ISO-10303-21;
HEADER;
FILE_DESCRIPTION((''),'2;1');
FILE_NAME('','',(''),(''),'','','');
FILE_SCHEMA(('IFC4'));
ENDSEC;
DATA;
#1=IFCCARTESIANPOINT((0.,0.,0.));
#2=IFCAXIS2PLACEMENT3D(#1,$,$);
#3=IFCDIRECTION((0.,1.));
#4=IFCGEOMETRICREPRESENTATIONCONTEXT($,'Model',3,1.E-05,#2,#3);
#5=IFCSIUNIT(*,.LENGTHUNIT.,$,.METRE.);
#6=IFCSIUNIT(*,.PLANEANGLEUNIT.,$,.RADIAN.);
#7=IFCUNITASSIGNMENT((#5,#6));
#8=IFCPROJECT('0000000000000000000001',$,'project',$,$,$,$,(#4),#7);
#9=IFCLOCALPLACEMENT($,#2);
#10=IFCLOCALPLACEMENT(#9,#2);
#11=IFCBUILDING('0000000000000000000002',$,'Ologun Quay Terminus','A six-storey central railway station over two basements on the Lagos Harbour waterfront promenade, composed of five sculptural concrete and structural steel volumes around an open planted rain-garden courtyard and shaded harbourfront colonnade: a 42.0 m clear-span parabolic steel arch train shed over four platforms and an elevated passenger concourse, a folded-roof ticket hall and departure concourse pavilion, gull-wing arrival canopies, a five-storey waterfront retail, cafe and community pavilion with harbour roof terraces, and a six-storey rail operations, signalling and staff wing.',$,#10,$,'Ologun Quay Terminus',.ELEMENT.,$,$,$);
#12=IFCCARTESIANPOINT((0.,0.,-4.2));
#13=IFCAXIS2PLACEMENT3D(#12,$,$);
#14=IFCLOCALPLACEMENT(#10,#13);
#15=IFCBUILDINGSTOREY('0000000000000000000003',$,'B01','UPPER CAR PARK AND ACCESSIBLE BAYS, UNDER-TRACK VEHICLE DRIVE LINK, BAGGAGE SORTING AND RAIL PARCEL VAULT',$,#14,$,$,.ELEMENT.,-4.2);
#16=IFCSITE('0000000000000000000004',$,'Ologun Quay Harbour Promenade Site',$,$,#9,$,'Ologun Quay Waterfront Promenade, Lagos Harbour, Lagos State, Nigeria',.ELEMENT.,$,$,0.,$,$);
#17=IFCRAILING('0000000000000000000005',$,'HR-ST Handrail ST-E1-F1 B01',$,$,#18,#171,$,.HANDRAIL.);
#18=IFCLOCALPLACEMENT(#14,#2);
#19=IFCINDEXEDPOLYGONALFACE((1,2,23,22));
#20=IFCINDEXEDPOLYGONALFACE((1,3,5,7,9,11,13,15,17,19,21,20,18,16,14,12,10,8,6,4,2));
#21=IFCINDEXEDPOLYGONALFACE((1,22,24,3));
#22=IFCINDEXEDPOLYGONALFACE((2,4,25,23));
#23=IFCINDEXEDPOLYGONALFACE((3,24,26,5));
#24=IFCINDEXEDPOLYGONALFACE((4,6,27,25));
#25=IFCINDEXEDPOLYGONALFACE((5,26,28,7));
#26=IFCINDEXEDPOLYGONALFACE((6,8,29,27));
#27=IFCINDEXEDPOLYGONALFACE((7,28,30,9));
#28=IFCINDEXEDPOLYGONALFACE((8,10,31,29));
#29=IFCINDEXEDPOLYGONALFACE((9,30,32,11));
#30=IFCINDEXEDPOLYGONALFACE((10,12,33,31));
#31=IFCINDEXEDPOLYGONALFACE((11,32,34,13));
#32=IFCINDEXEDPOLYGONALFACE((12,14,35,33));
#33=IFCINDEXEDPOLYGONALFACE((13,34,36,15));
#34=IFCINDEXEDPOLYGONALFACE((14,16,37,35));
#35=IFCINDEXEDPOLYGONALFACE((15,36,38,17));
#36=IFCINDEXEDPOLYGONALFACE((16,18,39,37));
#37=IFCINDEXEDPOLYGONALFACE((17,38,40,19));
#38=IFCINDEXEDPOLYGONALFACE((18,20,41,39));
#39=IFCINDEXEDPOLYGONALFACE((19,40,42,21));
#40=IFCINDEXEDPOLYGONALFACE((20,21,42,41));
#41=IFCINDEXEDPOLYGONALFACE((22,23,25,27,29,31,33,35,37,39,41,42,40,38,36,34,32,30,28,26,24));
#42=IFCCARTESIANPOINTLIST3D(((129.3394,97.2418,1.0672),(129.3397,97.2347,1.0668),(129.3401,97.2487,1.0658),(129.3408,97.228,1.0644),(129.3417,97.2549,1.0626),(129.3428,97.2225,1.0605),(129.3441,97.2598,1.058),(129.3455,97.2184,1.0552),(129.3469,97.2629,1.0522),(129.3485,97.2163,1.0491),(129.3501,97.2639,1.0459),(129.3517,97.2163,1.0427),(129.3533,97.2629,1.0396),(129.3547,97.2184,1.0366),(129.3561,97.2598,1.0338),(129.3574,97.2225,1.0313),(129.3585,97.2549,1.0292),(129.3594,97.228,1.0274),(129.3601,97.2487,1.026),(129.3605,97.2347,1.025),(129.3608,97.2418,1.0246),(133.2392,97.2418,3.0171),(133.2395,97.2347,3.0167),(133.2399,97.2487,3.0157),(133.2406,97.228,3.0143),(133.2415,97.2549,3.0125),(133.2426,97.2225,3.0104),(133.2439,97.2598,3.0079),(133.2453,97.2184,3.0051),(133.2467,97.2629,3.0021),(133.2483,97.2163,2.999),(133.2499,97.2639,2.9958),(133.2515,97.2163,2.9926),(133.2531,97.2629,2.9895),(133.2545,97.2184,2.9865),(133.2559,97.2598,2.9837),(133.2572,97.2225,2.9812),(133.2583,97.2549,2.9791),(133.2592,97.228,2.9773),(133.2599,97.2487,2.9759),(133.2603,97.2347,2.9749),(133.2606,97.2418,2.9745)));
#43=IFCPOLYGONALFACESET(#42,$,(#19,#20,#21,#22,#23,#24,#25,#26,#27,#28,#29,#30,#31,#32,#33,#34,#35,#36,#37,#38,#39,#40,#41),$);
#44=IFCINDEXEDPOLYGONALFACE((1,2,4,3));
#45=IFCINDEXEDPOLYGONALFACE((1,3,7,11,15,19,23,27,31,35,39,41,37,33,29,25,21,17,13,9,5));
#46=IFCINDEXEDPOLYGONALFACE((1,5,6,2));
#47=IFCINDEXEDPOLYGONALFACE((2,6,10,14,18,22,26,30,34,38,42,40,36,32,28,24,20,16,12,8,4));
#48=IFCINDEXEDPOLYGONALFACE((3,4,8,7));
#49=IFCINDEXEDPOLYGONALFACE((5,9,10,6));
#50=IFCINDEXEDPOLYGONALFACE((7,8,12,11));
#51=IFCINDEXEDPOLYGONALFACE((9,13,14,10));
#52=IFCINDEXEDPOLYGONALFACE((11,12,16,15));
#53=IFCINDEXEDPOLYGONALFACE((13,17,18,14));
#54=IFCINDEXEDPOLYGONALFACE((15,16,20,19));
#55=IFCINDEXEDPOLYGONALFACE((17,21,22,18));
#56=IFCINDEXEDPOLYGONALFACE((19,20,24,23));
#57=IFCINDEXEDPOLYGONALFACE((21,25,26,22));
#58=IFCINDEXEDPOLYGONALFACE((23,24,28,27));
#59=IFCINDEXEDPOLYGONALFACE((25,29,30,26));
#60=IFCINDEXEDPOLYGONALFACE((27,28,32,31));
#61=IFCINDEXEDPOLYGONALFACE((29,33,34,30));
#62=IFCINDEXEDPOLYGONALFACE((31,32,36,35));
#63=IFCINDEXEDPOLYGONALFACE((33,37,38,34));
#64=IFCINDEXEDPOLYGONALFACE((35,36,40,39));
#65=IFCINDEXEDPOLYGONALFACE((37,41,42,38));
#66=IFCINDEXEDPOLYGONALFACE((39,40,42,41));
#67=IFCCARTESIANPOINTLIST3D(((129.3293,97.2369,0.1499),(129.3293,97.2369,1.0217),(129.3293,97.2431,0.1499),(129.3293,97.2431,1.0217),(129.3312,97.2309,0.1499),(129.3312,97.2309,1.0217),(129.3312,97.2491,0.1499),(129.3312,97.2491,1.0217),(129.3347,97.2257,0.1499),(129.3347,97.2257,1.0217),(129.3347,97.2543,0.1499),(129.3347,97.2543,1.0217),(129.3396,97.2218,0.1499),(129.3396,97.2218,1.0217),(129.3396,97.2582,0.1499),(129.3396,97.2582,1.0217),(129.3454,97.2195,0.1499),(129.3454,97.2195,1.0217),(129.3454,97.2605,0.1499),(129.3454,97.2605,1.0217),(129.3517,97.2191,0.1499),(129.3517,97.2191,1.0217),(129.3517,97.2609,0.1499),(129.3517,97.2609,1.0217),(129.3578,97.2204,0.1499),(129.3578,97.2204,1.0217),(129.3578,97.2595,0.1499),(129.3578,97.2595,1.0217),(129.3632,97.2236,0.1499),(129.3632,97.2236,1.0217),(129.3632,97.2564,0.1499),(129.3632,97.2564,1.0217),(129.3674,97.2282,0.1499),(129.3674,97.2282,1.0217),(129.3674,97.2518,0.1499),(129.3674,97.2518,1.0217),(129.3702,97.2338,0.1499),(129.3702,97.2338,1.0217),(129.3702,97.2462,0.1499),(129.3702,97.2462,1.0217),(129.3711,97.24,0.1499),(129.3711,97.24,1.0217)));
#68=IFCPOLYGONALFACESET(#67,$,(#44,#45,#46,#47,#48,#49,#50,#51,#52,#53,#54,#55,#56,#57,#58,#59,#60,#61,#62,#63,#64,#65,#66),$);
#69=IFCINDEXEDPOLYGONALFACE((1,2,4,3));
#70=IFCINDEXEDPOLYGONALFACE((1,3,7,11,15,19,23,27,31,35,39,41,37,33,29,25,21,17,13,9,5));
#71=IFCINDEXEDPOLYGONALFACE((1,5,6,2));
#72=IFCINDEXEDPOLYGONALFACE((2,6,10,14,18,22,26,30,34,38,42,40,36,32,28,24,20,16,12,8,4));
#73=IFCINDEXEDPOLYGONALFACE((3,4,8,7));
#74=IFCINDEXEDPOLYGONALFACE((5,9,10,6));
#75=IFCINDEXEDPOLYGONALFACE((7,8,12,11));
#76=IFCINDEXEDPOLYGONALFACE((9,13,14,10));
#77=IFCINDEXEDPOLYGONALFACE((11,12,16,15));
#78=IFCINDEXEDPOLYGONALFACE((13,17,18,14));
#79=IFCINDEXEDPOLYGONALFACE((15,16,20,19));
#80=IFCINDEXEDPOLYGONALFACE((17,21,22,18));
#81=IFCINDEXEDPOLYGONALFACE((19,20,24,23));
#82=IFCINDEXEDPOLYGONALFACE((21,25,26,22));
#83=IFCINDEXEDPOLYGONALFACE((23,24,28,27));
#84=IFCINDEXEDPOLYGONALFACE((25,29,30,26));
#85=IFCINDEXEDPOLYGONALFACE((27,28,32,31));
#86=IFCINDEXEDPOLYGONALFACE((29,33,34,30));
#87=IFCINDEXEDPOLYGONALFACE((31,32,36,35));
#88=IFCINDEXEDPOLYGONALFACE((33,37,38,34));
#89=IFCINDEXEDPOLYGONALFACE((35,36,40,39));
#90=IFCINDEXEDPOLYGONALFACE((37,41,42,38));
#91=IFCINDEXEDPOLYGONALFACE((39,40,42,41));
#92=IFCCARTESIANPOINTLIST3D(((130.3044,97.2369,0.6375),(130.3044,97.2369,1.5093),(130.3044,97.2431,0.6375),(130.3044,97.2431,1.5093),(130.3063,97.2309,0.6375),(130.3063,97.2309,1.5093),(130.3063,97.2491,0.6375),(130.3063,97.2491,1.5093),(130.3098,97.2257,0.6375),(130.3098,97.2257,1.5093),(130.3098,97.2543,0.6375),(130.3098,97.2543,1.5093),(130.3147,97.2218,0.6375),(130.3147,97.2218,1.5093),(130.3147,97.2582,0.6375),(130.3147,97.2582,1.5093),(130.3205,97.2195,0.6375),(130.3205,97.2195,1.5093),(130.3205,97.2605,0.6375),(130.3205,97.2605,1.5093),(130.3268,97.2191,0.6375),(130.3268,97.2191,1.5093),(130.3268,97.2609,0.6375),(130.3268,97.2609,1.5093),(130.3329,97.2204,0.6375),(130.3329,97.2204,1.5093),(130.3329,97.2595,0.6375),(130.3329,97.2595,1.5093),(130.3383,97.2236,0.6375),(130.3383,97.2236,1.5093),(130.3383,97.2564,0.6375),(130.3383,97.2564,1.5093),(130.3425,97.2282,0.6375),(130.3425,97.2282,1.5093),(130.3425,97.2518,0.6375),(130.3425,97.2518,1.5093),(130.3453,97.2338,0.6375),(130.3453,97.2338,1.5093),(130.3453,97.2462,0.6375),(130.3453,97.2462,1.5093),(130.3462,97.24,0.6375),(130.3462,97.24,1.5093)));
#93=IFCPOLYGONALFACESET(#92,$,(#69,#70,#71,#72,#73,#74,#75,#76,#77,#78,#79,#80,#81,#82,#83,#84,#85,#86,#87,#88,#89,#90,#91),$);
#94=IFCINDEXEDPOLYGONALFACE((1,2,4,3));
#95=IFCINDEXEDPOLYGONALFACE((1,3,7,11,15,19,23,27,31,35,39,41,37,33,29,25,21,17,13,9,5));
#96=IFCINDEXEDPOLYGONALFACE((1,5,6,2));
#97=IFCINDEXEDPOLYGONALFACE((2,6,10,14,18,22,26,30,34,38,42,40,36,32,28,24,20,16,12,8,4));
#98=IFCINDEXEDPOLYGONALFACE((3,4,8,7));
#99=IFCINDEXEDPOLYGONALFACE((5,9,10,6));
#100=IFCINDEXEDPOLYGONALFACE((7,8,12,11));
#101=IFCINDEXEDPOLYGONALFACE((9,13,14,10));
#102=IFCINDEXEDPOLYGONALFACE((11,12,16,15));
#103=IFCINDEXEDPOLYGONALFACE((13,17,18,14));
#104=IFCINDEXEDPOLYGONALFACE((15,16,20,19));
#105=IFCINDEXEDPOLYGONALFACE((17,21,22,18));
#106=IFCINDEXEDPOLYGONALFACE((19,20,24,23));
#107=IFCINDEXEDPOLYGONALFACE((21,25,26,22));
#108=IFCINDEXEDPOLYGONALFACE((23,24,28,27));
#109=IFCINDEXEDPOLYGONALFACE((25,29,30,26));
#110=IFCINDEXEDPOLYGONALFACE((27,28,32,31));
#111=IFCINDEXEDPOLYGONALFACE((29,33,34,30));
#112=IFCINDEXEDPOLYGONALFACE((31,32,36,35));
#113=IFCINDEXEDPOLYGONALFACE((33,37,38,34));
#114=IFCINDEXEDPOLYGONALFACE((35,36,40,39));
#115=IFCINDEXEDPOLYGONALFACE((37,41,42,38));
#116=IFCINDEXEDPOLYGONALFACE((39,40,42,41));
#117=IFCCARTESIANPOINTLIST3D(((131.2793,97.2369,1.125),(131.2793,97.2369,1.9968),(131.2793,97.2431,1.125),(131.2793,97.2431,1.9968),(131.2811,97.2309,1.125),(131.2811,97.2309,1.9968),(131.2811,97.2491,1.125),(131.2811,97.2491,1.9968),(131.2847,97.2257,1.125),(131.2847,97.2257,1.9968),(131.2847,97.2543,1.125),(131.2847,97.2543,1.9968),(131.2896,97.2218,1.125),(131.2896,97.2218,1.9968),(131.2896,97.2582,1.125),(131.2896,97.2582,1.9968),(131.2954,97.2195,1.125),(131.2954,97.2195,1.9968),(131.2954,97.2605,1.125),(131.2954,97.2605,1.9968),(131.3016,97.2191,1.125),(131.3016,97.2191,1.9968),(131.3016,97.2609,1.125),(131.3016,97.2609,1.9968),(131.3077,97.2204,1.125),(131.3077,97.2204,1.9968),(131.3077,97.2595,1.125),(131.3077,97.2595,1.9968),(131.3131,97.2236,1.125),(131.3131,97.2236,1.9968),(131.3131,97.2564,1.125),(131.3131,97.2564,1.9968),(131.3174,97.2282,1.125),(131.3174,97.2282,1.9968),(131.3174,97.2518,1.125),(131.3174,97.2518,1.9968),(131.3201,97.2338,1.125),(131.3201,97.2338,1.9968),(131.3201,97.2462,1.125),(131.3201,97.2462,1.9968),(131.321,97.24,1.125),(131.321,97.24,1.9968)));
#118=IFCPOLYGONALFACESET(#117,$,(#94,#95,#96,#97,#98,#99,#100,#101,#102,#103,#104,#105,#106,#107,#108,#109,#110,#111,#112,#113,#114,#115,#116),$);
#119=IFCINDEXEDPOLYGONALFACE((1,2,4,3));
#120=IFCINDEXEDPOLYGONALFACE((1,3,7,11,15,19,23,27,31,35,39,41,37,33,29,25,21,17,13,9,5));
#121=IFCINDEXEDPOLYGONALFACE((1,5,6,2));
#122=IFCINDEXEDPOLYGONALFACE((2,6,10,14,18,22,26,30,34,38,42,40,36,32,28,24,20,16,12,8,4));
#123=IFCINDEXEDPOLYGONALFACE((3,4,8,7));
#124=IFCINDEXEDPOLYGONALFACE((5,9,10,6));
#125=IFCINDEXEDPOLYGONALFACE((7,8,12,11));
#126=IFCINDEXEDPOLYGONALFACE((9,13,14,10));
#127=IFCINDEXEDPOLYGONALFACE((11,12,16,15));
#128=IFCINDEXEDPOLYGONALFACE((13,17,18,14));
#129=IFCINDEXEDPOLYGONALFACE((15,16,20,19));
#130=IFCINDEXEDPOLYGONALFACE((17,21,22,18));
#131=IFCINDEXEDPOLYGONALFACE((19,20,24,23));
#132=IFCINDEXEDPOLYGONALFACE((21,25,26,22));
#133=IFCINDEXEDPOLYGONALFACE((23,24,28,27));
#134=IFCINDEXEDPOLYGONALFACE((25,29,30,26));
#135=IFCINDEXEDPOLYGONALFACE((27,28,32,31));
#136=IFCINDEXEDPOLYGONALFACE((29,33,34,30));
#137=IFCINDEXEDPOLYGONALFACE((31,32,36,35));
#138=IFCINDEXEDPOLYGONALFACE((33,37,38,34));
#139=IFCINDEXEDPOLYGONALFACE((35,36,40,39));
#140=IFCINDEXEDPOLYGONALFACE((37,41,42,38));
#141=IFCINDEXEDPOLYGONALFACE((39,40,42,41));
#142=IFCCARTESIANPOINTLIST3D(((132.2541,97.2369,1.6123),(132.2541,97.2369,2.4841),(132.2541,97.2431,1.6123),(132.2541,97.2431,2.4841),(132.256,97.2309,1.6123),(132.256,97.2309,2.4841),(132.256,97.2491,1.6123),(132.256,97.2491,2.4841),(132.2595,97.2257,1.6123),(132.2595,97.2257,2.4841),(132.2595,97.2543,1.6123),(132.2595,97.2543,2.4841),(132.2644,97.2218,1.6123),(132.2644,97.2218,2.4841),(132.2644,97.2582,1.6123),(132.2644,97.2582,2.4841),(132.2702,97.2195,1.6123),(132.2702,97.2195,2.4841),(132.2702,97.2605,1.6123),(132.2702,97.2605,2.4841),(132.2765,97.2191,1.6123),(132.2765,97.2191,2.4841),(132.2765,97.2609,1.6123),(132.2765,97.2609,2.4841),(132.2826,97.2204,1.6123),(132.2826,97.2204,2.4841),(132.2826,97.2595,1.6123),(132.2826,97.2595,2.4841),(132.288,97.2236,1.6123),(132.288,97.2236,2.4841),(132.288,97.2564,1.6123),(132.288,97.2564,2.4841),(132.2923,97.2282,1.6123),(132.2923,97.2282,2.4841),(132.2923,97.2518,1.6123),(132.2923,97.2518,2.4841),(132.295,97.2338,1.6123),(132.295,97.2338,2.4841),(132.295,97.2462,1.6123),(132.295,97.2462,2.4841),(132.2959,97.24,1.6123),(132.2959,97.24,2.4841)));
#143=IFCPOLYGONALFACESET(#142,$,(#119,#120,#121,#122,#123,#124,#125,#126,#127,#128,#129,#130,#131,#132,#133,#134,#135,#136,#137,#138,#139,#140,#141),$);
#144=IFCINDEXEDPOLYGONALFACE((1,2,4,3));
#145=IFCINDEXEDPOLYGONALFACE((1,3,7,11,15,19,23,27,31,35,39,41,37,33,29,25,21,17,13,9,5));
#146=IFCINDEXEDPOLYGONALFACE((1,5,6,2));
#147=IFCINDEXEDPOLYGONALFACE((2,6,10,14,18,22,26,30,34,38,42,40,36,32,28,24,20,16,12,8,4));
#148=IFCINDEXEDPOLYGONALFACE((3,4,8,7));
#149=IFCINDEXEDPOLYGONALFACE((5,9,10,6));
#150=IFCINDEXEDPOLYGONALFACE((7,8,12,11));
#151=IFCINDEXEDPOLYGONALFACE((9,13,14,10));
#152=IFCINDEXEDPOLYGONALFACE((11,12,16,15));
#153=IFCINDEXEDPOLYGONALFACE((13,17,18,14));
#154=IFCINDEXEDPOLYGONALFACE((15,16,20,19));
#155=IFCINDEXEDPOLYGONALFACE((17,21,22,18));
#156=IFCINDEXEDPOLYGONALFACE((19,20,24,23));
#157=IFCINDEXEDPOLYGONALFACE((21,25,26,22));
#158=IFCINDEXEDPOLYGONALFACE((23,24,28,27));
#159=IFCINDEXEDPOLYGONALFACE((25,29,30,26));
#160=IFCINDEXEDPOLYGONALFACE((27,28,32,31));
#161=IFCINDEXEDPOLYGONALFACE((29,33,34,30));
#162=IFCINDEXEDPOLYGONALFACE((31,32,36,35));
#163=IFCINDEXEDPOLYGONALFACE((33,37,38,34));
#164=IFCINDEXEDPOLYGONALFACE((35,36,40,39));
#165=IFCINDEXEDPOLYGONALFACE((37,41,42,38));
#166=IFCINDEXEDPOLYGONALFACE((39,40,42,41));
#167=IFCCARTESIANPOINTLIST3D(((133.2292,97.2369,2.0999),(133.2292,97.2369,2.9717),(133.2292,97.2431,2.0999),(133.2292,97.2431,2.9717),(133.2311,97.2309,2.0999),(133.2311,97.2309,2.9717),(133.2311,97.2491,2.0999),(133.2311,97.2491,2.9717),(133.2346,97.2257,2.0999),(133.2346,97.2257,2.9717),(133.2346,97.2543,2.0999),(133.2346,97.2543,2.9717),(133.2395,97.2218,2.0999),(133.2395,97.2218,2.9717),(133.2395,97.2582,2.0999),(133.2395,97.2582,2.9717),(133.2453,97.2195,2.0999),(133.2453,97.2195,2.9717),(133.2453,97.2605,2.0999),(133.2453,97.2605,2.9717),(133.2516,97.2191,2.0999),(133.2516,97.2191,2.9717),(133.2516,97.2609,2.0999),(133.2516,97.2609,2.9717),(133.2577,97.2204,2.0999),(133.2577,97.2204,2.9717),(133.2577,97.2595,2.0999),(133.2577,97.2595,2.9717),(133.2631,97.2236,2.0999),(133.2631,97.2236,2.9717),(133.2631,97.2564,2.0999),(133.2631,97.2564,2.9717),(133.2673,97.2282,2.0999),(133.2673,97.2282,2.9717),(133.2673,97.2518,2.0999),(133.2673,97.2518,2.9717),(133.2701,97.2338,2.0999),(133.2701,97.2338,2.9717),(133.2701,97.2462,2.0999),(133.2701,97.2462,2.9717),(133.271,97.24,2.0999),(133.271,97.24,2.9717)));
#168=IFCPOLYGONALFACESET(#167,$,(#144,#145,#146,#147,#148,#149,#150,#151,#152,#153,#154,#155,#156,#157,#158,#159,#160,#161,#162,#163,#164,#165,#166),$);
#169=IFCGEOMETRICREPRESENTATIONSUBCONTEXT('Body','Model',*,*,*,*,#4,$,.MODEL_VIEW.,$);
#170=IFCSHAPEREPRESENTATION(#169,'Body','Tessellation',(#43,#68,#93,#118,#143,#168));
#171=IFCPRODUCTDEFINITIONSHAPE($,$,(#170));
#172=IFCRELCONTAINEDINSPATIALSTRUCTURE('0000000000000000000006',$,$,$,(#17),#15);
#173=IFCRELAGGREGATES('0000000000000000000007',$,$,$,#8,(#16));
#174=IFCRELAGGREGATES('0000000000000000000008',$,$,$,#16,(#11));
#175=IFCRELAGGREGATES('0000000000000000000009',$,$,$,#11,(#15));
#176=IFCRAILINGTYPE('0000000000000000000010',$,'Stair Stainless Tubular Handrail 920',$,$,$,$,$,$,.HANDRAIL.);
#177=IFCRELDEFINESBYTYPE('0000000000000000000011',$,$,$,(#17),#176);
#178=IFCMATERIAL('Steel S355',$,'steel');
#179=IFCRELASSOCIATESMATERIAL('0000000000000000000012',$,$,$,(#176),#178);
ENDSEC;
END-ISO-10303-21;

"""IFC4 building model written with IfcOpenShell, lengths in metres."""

from ifc_helpers import new_model, si_unit, direction, frame, origin, origin_2d, place, context, subcontext, project, spatial, circle, extrude, material, type_object, element, save


model = new_model("IFC4")

# Units and contexts
model_context = context("Model", 3, precision=1e-05, world=origin(), true_north=direction((0.0, 1.0)))
body_context = subcontext(model_context, "Body", "Model", "MODEL_VIEW")
ifc_project = project(units=[si_unit("LENGTHUNIT", "METRE"), si_unit("PLANEANGLEUNIT", "RADIAN")], contexts=[model_context])

# Site, building, storey
site_placement = place(None, origin())
site = spatial("IfcSite", under=ifc_project, at=site_placement, Name="Ologun Quay Harbour Promenade Site", LongName="Ologun Quay Waterfront Promenade, Lagos Harbour, Lagos State, Nigeria", CompositionType="ELEMENT", RefElevation=0.0)
building_placement = place(site_placement, origin())
building = spatial("IfcBuilding", under=site, at=building_placement, Name="Ologun Quay Terminus", Description="A six-storey central railway station over two basements on the Lagos Harbour waterfront promenade, composed of five sculptural concrete and structural steel volumes around an open planted rain-garden courtyard and shaded harbourfront colonnade: a 42.0 m clear-span parabolic steel arch train shed over four platforms and an elevated passenger concourse, a folded-roof ticket hall and departure concourse pavilion, gull-wing arrival canopies, a five-storey waterfront retail, cafe and community pavilion with harbour roof terraces, and a six-storey rail operations, signalling and staff wing.", LongName="Ologun Quay Terminus", CompositionType="ELEMENT")
storey_placement = place(building_placement, frame((0.0, 0.0, -4.2)))
storey = spatial("IfcBuildingStorey", under=building, at=storey_placement, Name="B01", Description="UPPER CAR PARK AND ACCESSIBLE BAYS, UNDER-TRACK VEHICLE DRIVE LINK, BAGGAGE SORTING AND RAIL PARCEL VAULT", CompositionType="ELEMENT", Elevation=-4.2)

# Railing
ifc_material_1 = material(Name="Steel S355", Category="steel")
railing_type_1 = type_object("IfcRailingType", Name="Stair Stainless Tubular Handrail 920", PredefinedType="HANDRAIL", material=ifc_material_1)
railing_1_placement = place(storey_placement, frame((129.3501, 97.24, 0.1499)))
element("IfcRailing", 1, at=railing_1_placement, inside=storey, type_object=railing_type_1, Name="HR-ST Handrail ST-E1-F1 B01", PredefinedType="HANDRAIL", context=body_context, shape_type="SweptSolid", body=[
    extrude(circle(Radius=0.0239, at=origin_2d()), frame((0.0, 0.0, 0.896), z_axis=(0.894427, 0.0, 0.447214), x_axis=(0.0, 1.0, 0.0)), (0.0, 0.0, 1.0), 4.3601),
    extrude(circle(Radius=0.021, at=origin_2d()), origin(), (0.0, 0.0, 1.0), 0.8718),
    extrude(circle(Radius=0.021, at=origin_2d()), frame((0.9751, 0.0, 0.4875)), (0.0, 0.0, 1.0), 0.8718),
    extrude(circle(Radius=0.021, at=origin_2d()), frame((1.95, 0.0, 0.9751)), (0.0, 0.0, 1.0), 0.8718),
    extrude(circle(Radius=0.021, at=origin_2d()), frame((2.9248, 0.0, 1.4624)), (0.0, 0.0, 1.0), 0.8718),
    extrude(circle(Radius=0.021, at=origin_2d()), frame((3.8999, 0.0, 1.95)), (0.0, 0.0, 1.0), 0.8718),
])

save(model, "model.ifc")
